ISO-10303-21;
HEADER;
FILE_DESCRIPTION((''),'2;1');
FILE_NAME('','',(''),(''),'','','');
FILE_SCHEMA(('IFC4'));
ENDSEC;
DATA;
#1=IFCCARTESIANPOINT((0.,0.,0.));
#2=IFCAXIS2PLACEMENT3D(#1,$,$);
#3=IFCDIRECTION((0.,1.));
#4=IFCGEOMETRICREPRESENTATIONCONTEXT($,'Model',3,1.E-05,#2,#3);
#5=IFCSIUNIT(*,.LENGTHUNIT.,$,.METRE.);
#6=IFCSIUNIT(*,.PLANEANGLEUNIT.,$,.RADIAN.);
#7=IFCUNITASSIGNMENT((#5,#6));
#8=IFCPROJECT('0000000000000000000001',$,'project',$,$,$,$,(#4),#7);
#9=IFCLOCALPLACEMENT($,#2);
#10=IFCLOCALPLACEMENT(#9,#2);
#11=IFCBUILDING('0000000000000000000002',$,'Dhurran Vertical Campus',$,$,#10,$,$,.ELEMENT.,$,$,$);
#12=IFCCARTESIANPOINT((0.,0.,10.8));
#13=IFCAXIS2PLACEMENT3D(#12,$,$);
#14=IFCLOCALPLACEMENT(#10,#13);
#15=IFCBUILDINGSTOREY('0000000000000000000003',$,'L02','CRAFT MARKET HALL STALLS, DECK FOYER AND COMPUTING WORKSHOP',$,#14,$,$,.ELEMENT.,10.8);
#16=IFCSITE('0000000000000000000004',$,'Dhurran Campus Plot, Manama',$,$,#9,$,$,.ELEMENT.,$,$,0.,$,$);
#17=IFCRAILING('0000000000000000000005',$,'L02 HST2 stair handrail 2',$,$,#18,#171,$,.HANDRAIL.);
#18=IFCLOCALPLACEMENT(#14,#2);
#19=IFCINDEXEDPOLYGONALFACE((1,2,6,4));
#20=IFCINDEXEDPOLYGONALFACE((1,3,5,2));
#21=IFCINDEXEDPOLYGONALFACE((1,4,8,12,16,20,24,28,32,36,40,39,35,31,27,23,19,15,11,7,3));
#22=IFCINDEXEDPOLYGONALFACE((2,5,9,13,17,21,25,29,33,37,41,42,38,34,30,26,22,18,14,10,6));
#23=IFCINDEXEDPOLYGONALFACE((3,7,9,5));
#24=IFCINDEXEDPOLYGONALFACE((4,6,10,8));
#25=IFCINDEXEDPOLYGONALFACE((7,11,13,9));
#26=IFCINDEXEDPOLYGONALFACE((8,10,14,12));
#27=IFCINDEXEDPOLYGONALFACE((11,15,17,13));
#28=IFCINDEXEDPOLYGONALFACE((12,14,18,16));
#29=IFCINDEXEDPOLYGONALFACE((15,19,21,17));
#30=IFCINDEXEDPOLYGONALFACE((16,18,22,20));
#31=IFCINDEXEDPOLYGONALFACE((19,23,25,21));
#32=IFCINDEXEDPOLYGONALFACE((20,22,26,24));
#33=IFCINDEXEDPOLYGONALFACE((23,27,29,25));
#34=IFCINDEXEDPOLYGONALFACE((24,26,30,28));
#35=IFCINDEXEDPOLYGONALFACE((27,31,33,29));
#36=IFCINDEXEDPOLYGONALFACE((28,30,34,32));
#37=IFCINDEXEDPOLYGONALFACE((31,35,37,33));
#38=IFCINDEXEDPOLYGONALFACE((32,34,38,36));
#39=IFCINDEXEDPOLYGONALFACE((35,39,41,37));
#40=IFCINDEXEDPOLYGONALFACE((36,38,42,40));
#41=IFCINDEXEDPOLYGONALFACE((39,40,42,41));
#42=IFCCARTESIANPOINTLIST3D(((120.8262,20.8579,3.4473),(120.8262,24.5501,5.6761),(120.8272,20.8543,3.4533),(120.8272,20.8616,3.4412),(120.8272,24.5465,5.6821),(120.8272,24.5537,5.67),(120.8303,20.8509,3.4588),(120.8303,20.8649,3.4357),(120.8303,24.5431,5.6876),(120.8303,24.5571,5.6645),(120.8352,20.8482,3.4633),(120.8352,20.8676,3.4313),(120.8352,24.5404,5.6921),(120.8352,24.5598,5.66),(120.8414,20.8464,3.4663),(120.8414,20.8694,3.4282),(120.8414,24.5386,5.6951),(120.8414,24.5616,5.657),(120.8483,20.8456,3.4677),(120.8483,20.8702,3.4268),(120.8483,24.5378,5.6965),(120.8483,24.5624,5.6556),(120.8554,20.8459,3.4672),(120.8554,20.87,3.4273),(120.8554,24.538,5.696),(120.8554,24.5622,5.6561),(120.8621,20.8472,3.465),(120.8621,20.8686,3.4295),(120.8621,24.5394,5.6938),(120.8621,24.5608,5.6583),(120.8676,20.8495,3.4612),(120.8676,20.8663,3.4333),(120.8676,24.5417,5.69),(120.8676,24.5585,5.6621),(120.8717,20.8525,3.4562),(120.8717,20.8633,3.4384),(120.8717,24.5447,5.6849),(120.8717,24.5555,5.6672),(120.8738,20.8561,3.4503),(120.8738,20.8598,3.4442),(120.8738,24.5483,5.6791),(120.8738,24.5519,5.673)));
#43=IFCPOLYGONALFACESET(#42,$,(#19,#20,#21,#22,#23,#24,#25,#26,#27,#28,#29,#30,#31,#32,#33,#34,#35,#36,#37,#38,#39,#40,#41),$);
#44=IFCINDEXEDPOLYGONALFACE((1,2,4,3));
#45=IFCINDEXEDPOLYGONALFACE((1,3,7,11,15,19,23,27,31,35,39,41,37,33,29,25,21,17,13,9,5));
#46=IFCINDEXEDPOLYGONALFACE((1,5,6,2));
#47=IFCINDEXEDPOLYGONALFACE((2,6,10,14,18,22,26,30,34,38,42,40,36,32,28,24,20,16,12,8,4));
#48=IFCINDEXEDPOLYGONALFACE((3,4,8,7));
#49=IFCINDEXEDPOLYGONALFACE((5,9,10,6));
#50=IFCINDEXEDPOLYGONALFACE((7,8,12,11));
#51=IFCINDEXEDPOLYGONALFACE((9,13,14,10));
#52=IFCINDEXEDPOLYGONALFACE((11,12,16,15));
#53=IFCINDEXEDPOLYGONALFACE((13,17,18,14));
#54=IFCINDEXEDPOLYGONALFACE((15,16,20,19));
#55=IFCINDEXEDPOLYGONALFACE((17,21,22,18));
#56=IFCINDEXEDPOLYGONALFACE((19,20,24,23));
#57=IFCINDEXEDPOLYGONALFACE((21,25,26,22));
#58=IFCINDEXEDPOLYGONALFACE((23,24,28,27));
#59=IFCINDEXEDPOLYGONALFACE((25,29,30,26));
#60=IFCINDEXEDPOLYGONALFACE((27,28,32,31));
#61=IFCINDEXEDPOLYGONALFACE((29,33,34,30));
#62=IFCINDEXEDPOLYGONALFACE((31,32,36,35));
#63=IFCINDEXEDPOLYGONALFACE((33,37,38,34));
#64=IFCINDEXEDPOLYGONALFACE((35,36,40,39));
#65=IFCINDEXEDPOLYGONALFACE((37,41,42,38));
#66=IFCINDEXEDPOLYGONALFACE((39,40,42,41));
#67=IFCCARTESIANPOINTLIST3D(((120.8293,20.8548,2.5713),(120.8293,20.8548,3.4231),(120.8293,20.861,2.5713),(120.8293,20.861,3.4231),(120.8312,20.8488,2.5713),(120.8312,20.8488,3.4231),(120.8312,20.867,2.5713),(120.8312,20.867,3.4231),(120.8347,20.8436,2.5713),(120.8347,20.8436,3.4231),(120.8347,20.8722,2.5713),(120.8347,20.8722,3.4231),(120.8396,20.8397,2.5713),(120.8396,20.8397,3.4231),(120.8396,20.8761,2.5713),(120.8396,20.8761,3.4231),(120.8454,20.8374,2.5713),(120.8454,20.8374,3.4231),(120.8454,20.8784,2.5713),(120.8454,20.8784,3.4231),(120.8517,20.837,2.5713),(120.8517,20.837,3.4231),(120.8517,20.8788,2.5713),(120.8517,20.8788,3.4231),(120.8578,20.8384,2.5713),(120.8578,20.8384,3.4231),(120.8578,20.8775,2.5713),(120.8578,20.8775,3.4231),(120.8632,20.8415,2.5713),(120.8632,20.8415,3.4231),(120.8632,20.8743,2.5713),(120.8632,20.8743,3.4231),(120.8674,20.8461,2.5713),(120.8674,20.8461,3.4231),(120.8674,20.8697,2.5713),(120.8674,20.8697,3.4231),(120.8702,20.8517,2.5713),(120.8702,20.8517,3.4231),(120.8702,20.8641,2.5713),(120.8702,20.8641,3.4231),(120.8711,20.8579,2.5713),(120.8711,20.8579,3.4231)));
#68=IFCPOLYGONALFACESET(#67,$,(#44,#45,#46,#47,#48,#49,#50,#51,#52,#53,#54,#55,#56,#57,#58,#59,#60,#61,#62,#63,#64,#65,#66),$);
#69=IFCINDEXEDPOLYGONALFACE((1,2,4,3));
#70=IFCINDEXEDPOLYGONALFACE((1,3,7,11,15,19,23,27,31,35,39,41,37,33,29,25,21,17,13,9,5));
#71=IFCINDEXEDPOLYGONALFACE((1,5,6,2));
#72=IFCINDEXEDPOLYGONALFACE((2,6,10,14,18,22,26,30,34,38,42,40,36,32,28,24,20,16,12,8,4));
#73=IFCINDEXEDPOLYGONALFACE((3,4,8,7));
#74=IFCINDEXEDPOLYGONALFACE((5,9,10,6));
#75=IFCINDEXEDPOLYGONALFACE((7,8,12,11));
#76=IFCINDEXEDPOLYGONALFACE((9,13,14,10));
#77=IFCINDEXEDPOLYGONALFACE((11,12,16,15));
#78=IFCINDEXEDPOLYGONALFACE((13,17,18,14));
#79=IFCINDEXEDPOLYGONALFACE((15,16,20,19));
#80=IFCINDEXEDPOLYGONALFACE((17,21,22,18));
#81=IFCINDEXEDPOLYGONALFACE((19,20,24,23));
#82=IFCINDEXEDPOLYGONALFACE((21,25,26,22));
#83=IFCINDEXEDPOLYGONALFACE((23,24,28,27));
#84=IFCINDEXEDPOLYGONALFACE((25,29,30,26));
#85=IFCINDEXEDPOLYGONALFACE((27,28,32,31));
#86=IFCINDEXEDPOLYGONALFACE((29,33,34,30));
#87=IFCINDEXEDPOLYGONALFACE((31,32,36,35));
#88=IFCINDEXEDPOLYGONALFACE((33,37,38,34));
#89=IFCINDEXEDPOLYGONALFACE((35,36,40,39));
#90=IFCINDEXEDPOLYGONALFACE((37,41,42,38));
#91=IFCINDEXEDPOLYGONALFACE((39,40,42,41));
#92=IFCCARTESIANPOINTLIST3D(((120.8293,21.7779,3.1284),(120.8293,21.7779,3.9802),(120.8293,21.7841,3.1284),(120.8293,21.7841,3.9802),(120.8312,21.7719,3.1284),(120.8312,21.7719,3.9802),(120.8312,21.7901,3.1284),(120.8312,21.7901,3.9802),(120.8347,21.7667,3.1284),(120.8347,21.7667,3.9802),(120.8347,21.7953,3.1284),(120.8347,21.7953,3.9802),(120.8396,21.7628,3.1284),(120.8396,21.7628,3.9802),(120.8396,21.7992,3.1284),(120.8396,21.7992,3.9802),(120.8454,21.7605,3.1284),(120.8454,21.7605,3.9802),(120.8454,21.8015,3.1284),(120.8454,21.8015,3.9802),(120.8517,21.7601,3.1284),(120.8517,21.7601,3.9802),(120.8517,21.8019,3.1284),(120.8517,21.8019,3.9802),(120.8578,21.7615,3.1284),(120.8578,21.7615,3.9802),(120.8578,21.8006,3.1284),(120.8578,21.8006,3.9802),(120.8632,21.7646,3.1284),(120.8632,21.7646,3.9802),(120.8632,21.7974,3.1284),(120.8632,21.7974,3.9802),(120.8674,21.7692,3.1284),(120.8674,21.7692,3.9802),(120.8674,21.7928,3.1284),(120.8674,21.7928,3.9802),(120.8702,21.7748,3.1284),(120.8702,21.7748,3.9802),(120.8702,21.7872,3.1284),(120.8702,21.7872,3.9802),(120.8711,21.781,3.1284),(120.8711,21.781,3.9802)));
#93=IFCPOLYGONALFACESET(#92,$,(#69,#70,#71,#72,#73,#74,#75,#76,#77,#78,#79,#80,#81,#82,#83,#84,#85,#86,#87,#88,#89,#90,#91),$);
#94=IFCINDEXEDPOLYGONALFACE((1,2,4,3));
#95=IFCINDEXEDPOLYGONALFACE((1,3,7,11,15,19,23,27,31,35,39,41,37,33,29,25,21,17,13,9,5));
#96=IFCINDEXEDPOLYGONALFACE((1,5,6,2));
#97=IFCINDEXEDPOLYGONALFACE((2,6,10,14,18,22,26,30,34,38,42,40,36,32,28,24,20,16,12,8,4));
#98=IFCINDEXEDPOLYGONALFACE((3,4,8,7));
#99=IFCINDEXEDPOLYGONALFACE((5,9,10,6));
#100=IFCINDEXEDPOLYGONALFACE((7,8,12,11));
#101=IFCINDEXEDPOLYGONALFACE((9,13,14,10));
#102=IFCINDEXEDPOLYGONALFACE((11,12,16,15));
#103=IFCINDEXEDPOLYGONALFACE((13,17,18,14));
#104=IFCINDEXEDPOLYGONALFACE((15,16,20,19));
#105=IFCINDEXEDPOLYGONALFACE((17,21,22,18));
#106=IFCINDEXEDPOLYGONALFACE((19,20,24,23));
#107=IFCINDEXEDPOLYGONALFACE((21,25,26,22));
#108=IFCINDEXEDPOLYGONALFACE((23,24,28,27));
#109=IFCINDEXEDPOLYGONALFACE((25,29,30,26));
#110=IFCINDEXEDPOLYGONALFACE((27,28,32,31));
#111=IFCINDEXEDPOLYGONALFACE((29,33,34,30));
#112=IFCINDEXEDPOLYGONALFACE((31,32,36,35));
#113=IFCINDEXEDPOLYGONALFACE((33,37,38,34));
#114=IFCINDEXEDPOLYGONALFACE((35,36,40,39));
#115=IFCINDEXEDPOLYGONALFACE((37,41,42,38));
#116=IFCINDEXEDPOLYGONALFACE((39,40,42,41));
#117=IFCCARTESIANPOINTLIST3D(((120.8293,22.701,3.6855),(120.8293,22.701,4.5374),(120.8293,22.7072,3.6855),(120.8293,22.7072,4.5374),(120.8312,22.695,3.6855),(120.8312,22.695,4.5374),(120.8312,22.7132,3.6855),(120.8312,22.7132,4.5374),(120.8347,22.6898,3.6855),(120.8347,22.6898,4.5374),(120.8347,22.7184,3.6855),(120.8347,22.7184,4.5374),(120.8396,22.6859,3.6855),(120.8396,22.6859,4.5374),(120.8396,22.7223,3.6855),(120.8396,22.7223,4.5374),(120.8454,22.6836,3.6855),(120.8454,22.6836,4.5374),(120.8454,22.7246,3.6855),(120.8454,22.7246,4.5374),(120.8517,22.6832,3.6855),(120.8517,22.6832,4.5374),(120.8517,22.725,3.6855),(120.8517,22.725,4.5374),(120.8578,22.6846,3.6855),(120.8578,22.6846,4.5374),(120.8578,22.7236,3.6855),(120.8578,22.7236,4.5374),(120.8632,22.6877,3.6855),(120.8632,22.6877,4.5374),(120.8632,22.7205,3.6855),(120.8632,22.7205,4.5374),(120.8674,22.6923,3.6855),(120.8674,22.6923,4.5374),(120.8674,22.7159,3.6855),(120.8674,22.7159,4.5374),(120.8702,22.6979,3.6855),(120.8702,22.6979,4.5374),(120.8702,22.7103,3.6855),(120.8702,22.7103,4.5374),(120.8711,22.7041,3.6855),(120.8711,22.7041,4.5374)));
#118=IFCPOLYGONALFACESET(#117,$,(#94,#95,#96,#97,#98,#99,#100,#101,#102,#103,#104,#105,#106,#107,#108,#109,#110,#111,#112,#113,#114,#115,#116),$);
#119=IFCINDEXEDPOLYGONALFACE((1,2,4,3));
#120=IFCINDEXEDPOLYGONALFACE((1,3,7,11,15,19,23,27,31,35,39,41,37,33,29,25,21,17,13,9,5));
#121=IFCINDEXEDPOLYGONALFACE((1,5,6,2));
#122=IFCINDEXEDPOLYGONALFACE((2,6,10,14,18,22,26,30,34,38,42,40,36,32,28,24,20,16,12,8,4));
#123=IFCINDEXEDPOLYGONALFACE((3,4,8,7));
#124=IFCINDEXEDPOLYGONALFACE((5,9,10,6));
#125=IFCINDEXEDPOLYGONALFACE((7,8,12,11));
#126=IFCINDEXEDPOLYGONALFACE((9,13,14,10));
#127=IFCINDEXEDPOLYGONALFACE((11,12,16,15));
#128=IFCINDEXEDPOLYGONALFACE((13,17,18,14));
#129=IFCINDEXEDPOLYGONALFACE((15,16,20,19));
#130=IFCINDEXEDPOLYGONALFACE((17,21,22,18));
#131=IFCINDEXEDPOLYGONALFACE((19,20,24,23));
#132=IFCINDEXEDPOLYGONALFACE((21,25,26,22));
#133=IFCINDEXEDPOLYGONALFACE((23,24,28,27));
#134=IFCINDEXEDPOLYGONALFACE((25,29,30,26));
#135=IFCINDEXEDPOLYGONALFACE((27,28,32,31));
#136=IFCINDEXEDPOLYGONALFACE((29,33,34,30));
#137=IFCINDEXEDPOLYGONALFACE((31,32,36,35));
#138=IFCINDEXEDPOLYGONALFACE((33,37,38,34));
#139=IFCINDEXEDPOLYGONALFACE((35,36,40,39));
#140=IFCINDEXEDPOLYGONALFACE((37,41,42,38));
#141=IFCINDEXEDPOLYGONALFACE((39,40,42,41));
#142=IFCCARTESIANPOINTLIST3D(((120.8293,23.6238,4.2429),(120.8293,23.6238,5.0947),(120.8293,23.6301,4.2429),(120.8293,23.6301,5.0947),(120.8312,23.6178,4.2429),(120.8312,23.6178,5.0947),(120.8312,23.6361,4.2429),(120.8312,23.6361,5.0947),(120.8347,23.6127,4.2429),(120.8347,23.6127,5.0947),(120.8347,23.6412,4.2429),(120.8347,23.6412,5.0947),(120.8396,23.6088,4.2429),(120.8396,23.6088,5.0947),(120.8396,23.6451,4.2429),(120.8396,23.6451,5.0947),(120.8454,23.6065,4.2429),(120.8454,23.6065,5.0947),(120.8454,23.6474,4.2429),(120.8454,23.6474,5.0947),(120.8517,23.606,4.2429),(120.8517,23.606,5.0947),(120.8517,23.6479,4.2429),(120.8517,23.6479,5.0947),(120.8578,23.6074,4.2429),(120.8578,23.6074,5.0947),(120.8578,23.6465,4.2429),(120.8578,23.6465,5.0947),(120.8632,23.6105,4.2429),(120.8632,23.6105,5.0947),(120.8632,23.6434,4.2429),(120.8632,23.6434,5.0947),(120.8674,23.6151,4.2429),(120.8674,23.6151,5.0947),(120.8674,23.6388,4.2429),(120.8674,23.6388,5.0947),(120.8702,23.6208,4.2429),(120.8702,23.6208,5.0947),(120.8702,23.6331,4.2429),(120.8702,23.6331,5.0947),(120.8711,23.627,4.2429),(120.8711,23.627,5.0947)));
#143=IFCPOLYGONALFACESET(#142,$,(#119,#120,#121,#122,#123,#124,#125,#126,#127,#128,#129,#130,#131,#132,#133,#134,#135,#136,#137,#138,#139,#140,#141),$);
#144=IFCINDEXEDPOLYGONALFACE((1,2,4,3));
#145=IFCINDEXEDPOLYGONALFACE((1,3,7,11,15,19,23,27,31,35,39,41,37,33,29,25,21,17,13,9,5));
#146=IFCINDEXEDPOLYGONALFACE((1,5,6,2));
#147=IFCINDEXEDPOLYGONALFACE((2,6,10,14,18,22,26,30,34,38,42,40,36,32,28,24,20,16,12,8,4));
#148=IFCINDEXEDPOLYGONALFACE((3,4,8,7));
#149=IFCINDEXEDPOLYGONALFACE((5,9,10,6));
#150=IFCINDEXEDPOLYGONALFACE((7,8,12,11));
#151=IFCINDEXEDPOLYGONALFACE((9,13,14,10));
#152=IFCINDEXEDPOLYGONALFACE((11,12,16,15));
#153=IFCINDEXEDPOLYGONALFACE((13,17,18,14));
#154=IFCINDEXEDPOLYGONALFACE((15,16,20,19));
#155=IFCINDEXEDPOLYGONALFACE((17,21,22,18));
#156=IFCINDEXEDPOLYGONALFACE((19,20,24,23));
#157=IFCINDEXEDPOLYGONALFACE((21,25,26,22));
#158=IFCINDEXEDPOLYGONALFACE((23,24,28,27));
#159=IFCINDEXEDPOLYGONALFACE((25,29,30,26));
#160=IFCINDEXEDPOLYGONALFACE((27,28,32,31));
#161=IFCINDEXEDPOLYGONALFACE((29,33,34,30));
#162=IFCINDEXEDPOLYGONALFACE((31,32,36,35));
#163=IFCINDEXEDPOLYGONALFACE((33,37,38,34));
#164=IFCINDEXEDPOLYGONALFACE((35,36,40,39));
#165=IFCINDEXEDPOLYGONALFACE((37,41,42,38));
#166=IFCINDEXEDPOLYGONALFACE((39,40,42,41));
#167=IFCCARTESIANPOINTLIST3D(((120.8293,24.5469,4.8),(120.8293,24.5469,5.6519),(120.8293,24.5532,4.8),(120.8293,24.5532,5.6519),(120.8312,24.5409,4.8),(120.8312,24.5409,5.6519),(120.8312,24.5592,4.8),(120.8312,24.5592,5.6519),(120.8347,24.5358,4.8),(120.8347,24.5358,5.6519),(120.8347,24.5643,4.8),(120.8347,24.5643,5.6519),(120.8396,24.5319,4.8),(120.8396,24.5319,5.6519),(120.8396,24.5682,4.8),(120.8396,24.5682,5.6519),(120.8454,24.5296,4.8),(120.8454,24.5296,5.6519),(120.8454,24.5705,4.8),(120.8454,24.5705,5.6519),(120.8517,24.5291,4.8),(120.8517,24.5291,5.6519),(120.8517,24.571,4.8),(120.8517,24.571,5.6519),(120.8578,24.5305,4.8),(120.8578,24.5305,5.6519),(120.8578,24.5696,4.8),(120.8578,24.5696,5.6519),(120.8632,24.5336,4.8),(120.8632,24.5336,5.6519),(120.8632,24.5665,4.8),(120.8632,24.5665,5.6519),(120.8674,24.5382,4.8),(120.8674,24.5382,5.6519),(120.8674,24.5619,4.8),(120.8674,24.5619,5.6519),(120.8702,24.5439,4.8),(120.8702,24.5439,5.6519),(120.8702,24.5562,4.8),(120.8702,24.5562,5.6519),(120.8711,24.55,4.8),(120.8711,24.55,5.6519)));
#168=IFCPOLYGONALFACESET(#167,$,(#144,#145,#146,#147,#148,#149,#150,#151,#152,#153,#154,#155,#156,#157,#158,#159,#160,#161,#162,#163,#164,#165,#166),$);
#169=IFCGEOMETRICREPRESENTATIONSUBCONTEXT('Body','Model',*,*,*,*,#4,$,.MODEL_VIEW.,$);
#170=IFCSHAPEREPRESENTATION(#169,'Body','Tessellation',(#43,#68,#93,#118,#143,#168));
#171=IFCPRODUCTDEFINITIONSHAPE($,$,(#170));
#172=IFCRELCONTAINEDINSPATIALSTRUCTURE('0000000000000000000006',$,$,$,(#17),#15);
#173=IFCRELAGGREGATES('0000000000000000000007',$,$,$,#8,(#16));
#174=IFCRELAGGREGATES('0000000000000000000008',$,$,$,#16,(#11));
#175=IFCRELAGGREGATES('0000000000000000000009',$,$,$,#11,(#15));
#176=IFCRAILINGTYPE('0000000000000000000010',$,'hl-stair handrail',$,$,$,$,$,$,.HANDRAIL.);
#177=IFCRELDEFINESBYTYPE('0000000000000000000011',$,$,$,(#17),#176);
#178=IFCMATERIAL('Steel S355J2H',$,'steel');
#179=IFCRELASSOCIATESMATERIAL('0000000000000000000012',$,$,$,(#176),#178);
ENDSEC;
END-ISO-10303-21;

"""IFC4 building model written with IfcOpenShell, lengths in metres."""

from ifc_helpers import new_model, si_unit, direction, frame, origin, origin_2d, place, context, subcontext, project, spatial, circle, extrude, material, type_object, element, save


model = new_model("IFC4")

# Units and contexts
model_context = context("Model", 3, precision=1e-05, world=origin(), true_north=direction((0.0, 1.0)))
body_context = subcontext(model_context, "Body", "Model", "MODEL_VIEW")
ifc_project = project(units=[si_unit("LENGTHUNIT", "METRE"), si_unit("PLANEANGLEUNIT", "RADIAN")], contexts=[model_context])

# Site, building, storey
site_placement = place(None, origin())
site = spatial("IfcSite", under=ifc_project, at=site_placement, Name="Dhurran Campus Plot, Manama", CompositionType="ELEMENT", RefElevation=0.0)
building_placement = place(site_placement, origin())
building = spatial("IfcBuilding", under=site, at=building_placement, Name="Dhurran Vertical Campus", CompositionType="ELEMENT")
storey_placement = place(building_placement, frame((0.0, 0.0, 10.8)))
storey = spatial("IfcBuildingStorey", under=building, at=storey_placement, Name="L02", Description="CRAFT MARKET HALL STALLS, DECK FOYER AND COMPUTING WORKSHOP", CompositionType="ELEMENT", Elevation=10.8)

# Railing
ifc_material_1 = material(Name="Steel S355J2H", Category="steel")
railing_type_1 = type_object("IfcRailingType", Name="hl-stair handrail", PredefinedType="HANDRAIL", material=ifc_material_1)
railing_1_placement = place(storey_placement, frame((120.8501, 20.8579, 2.5713)))
element("IfcRailing", 1, at=railing_1_placement, inside=storey, type_object=railing_type_1, Name="L02 HST2 stair handrail 2", PredefinedType="HANDRAIL", context=body_context, shape_type="SweptSolid", body=[
    extrude(circle(Radius=0.0239, at=origin_2d()), frame((0.0, 0.0, 0.876), z_axis=(0.0, 0.856111, 0.516792), x_axis=(-1.0, 0.0, 0.0)), (0.0, 0.0, 1.0), 4.3127),
    extrude(circle(Radius=0.021, at=origin_2d()), origin(), (0.0, 0.0, 1.0), 0.8518),
    extrude(circle(Radius=0.021, at=origin_2d()), frame((0.0, 0.9231, 0.5571)), (0.0, 0.0, 1.0), 0.8518),
    extrude(circle(Radius=0.021, at=origin_2d()), frame((0.0, 1.8462, 1.1143)), (0.0, 0.0, 1.0), 0.8518),
    extrude(circle(Radius=0.021, at=origin_2d()), frame((0.0, 2.769, 1.6716)), (0.0, 0.0, 1.0), 0.8518),
    extrude(circle(Radius=0.021, at=origin_2d()), frame((0.0, 3.6921, 2.2288)), (0.0, 0.0, 1.0), 0.8518),
])

save(model, "model.ifc")
